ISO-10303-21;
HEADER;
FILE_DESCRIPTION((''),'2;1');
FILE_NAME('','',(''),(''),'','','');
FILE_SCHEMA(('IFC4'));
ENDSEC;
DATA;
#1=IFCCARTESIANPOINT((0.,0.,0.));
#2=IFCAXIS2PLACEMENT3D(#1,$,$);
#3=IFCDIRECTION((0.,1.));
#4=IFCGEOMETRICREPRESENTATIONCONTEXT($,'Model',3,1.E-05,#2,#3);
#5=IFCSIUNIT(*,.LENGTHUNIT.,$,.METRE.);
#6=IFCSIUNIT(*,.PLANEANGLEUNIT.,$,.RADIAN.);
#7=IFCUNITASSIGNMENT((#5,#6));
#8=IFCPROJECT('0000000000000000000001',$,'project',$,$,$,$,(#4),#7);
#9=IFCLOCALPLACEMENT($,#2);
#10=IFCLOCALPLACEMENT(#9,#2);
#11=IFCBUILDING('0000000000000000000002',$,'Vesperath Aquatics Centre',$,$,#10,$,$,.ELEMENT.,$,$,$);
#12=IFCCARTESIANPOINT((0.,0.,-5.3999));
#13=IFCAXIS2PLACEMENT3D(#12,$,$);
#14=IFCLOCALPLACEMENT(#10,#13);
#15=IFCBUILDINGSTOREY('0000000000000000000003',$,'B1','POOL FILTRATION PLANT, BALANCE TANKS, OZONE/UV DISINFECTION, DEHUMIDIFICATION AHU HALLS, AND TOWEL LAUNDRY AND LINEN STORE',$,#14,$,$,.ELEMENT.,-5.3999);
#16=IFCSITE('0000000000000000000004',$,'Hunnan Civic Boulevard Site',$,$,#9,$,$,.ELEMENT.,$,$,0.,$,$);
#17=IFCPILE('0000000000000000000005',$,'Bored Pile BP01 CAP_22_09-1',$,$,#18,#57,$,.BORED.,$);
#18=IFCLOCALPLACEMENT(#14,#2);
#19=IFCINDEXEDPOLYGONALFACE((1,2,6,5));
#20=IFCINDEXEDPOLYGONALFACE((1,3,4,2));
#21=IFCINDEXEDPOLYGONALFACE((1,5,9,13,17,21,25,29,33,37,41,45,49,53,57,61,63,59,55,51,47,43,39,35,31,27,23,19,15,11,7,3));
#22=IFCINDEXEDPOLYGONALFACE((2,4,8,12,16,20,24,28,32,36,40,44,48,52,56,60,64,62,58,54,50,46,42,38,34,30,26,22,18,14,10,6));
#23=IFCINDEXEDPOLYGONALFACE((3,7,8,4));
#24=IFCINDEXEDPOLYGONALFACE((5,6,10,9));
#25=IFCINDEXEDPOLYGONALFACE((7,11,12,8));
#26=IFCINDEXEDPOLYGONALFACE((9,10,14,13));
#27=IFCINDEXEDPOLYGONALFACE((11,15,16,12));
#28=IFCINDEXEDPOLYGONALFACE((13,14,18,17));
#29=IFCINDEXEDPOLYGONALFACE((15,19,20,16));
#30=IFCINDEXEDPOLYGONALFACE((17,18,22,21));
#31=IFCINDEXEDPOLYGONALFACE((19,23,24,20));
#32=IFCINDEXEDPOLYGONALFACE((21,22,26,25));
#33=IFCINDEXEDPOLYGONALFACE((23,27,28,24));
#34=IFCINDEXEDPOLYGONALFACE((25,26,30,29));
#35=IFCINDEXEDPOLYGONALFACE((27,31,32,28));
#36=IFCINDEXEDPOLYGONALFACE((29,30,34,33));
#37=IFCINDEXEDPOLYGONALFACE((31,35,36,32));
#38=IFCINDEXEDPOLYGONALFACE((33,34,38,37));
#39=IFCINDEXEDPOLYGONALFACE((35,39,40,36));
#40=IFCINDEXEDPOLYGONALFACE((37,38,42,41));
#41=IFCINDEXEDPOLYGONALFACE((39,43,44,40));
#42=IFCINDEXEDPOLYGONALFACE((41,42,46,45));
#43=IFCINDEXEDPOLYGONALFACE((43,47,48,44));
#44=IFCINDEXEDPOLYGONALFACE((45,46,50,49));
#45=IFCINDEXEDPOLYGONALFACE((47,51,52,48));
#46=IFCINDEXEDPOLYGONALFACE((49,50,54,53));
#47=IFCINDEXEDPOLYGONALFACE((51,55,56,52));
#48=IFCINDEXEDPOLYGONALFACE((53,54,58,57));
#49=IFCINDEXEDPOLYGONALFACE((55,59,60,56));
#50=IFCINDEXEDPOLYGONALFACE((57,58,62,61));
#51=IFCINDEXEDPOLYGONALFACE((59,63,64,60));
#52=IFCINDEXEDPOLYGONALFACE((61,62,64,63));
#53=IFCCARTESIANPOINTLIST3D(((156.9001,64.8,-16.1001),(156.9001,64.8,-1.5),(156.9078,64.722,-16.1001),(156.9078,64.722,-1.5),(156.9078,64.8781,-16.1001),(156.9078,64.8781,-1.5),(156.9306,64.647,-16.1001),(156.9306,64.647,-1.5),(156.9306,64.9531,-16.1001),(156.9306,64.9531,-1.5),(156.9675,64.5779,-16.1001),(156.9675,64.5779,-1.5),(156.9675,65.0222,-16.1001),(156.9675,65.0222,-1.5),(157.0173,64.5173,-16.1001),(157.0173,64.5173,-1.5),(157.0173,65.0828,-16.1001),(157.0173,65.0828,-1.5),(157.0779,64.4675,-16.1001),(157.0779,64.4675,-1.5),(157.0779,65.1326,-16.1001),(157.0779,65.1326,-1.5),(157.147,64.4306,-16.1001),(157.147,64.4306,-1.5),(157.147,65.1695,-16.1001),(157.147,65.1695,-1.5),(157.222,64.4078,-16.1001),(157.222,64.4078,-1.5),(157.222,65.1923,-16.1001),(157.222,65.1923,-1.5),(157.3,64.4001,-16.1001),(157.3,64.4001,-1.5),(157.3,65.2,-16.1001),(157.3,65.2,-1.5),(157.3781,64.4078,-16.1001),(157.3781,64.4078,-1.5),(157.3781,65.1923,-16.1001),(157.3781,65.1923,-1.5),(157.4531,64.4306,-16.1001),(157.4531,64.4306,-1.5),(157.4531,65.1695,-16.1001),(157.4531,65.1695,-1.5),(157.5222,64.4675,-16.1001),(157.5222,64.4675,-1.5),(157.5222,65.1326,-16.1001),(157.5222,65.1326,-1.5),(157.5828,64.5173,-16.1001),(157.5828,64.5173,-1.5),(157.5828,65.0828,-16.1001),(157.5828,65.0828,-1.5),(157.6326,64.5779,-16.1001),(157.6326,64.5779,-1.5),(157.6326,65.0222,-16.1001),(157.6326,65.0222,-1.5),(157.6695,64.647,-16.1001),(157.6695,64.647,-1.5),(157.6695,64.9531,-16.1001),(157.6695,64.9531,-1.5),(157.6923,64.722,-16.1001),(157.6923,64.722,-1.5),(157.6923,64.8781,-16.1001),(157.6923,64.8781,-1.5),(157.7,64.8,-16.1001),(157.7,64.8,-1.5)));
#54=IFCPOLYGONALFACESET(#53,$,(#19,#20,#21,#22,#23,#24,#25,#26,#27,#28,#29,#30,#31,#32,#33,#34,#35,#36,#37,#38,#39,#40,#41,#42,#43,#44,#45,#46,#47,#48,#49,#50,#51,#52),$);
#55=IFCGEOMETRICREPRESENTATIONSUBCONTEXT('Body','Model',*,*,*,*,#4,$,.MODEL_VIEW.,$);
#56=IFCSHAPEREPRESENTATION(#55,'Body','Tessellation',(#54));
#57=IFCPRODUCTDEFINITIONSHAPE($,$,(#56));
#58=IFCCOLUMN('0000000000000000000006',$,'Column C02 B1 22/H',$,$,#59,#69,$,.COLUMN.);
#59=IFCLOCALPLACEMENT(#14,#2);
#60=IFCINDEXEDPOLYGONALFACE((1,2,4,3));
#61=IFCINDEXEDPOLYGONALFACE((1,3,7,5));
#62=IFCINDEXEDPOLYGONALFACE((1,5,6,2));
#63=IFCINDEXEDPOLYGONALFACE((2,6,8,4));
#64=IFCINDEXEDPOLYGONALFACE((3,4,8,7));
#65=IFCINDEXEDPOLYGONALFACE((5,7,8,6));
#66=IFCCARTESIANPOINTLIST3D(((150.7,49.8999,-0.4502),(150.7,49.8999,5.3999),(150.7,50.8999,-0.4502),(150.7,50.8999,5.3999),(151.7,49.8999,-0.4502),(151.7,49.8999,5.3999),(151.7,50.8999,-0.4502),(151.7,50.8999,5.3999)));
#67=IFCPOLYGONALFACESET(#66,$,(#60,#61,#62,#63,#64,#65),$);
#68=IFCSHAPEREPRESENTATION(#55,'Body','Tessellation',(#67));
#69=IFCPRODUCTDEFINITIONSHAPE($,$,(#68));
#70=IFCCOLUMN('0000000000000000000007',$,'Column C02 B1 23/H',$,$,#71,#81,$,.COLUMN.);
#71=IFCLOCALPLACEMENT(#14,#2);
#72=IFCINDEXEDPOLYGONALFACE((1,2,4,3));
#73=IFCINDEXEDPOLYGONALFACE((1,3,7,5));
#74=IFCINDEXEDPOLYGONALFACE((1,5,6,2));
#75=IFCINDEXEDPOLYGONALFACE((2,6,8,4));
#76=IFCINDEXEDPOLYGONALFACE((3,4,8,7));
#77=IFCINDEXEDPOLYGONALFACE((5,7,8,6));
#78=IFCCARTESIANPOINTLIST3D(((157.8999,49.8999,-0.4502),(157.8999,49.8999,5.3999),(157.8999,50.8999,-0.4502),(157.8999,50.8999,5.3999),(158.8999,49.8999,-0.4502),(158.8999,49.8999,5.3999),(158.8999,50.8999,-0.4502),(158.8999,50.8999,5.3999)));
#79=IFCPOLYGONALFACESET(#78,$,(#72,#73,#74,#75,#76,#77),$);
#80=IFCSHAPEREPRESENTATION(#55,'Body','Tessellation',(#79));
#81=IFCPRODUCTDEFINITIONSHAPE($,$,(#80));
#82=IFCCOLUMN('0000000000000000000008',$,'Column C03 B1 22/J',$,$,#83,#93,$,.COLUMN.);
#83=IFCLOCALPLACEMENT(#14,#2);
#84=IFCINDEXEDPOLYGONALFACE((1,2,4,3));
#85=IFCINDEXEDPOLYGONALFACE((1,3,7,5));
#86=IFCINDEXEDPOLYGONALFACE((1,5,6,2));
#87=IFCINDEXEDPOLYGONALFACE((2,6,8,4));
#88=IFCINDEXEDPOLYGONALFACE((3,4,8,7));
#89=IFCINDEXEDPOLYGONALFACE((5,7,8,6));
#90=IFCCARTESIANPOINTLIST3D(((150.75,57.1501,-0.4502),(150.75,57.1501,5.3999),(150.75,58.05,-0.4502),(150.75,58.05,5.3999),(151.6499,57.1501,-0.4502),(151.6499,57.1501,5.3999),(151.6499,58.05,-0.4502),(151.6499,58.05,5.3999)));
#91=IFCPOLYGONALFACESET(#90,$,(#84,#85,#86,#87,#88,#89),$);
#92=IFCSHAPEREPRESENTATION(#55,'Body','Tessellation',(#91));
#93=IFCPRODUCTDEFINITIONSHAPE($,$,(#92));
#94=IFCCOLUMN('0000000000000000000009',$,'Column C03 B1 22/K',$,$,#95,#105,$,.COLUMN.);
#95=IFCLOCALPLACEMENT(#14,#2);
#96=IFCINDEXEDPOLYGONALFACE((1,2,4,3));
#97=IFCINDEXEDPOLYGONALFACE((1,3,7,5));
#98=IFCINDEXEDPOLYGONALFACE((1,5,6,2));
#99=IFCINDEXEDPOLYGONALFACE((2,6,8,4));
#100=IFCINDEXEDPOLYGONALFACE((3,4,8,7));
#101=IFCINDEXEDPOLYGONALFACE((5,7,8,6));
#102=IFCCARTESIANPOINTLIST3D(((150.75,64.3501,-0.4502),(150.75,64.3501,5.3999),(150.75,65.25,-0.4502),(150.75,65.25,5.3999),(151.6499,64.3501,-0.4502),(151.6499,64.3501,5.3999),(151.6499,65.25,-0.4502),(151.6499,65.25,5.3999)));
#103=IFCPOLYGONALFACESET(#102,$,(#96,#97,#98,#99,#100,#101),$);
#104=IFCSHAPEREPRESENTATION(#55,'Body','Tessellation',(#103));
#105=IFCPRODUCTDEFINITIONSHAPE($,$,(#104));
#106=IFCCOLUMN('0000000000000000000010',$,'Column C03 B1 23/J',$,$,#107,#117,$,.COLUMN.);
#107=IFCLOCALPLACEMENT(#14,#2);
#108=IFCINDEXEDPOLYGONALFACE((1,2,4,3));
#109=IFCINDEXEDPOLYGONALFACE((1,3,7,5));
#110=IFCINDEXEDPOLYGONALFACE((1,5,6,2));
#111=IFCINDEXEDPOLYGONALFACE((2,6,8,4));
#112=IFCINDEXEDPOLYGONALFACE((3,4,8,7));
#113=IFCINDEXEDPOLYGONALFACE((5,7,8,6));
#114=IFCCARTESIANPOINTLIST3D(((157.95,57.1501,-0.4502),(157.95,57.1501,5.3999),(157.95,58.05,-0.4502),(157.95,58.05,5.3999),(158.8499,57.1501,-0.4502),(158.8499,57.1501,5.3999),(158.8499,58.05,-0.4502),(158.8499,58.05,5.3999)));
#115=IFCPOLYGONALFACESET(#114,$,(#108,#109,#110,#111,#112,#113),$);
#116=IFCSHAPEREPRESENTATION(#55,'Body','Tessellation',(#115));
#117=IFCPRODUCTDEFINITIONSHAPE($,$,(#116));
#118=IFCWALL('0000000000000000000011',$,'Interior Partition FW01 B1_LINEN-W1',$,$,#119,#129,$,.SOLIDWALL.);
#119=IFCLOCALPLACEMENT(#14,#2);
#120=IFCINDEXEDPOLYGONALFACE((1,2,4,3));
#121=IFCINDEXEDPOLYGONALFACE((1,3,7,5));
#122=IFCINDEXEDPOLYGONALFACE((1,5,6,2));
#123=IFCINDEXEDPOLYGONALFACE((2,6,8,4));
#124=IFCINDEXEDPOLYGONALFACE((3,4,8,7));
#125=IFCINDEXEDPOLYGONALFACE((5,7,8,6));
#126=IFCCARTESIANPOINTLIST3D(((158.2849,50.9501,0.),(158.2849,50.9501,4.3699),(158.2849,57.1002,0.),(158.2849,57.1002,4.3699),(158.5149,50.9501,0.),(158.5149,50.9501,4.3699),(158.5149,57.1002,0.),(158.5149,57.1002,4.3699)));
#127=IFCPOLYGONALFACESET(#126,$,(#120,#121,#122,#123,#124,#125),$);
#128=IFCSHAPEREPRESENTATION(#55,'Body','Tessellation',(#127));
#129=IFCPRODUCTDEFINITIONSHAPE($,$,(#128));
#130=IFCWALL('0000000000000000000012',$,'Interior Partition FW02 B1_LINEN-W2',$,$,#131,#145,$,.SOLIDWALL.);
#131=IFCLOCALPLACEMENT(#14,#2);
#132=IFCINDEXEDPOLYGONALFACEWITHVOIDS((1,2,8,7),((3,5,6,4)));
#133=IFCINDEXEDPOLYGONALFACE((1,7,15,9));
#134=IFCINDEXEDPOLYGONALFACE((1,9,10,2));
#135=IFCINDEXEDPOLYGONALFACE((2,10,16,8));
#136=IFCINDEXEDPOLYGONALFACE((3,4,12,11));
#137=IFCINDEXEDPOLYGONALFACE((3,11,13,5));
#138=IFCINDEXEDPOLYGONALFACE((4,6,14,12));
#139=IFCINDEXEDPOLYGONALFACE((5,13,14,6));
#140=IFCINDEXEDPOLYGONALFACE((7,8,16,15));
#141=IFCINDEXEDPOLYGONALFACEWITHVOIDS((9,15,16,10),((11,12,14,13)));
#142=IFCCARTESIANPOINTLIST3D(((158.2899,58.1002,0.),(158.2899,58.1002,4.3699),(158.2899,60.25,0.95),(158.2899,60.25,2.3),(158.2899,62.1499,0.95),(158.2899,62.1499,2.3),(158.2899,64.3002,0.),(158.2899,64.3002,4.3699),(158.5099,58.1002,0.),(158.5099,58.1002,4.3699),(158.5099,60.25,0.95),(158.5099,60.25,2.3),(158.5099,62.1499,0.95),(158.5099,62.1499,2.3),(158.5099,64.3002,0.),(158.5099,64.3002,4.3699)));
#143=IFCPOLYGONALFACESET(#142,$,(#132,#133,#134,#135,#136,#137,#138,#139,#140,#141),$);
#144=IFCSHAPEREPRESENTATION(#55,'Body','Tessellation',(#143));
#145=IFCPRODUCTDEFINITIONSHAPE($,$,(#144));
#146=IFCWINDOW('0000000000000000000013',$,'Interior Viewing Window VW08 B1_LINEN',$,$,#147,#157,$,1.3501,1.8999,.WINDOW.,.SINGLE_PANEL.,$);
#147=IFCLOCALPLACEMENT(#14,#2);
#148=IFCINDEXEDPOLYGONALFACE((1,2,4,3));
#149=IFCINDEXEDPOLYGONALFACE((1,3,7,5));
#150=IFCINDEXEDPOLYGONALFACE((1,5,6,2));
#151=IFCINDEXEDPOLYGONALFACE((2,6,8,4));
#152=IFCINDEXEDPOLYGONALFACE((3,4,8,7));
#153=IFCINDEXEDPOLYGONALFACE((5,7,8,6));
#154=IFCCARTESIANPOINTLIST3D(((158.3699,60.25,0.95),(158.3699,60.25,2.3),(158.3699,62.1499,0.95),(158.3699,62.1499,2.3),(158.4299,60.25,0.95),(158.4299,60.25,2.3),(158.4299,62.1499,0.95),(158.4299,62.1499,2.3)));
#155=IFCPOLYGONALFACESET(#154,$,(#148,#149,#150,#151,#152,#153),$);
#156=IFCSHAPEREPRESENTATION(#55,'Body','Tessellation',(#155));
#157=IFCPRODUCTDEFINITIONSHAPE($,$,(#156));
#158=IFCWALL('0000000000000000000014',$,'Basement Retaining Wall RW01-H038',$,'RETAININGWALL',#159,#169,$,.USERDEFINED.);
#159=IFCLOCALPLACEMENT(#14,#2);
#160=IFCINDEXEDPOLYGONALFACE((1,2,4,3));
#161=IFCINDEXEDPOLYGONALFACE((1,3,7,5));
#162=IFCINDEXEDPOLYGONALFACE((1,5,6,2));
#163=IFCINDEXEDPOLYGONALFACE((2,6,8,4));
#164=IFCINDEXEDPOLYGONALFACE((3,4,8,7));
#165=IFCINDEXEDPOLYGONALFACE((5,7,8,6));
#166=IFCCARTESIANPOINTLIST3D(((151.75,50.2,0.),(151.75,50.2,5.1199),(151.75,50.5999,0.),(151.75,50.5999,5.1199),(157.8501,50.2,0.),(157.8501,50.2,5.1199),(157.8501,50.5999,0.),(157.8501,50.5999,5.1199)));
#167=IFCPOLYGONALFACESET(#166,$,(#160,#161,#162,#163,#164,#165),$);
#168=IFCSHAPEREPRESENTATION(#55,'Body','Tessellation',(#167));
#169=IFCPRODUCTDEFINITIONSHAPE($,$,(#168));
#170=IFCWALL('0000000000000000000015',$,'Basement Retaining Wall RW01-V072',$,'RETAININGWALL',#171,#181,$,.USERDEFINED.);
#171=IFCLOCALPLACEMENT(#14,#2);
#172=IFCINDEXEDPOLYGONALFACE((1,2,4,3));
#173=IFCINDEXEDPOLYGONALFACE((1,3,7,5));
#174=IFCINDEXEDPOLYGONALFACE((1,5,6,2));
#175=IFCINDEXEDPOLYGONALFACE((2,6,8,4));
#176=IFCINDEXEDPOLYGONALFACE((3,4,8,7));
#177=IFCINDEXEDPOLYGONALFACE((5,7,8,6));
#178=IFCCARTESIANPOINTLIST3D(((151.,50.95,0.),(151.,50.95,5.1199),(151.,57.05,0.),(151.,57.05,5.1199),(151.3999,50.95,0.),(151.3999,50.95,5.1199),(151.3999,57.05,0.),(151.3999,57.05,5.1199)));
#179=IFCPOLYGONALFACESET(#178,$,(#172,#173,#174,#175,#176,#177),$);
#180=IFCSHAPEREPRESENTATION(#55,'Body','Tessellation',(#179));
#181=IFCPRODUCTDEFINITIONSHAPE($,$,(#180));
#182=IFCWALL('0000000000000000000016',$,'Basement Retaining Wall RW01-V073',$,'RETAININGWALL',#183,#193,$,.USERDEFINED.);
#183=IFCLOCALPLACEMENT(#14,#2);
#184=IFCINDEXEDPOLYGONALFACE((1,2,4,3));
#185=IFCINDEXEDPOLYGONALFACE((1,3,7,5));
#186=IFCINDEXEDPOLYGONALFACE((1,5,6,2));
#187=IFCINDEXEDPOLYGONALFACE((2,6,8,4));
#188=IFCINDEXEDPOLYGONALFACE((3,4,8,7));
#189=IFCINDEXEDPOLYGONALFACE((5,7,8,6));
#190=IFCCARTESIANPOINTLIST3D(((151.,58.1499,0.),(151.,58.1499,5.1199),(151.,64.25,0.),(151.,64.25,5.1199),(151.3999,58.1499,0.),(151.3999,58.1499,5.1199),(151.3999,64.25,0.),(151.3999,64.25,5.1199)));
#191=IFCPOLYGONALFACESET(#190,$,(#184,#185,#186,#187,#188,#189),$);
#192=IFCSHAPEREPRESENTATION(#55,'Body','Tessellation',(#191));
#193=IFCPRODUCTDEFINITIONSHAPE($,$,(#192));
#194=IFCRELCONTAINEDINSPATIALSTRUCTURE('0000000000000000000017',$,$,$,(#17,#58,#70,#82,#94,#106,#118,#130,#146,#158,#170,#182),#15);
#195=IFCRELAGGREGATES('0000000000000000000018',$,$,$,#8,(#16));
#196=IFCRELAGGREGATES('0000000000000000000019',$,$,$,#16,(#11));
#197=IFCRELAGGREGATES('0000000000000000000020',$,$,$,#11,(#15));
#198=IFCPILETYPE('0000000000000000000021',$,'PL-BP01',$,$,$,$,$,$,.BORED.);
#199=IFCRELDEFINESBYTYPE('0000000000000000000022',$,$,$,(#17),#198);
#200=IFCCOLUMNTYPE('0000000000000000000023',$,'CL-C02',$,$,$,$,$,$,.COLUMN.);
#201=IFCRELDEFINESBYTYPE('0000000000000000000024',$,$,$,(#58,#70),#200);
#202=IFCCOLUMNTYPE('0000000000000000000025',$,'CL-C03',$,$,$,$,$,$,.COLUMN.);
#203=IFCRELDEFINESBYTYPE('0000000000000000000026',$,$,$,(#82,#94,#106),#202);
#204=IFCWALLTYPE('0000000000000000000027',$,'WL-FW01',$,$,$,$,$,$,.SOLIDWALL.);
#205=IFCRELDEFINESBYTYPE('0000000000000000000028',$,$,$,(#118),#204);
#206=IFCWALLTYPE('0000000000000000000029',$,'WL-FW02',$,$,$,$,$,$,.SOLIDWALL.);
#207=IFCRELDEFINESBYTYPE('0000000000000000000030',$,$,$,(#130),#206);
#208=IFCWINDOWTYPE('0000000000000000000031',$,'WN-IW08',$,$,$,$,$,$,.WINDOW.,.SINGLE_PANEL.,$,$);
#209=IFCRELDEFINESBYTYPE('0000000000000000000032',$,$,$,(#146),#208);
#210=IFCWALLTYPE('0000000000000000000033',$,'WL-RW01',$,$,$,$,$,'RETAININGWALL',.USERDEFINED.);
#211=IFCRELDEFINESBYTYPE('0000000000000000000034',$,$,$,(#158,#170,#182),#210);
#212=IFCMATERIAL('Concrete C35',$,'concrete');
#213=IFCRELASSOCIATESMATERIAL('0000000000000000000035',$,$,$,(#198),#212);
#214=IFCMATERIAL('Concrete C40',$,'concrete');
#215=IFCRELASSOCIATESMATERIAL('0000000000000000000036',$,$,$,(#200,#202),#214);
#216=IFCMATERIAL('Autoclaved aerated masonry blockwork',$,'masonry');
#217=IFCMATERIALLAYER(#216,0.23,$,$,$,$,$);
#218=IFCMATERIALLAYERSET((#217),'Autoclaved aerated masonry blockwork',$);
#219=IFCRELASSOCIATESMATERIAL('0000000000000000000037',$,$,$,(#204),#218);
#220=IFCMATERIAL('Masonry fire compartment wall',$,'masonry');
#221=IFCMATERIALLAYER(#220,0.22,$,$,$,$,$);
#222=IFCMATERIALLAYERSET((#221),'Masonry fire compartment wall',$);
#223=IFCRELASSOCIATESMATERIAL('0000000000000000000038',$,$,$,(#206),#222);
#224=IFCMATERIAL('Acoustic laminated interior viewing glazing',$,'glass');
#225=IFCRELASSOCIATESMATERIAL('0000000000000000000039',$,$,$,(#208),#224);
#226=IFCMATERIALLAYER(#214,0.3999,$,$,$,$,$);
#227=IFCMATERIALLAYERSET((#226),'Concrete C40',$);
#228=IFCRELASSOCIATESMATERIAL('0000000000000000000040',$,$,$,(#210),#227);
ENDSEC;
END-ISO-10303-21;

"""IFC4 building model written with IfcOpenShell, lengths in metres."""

from ifc_helpers import new_model, si_unit, direction, frame, frame_2d, origin, origin_2d, place, context, subcontext, project, spatial, rectangle, circle, extrude, material, layer, layer_set, material_profile, profile_set, type_object, element, fill, save


model = new_model("IFC4")

# Units and contexts
model_context = context("Model", 3, precision=1e-05, world=origin(), true_north=direction((0.0, 1.0)))
body_context = subcontext(model_context, "Body", "Model", "MODEL_VIEW")
ifc_project = project(units=[si_unit("LENGTHUNIT", "METRE"), si_unit("PLANEANGLEUNIT", "RADIAN")], contexts=[model_context])

# Site, building, storey
site_placement = place(None, origin())
site = spatial("IfcSite", under=ifc_project, at=site_placement, Name="Hunnan Civic Boulevard Site", CompositionType="ELEMENT", RefElevation=0.0)
building_placement = place(site_placement, origin())
building = spatial("IfcBuilding", under=site, at=building_placement, Name="Vesperath Aquatics Centre", CompositionType="ELEMENT")
storey_placement = place(building_placement, frame((0.0, 0.0, -5.3999)))
storey = spatial("IfcBuildingStorey", under=building, at=storey_placement, Name="B1", Description="POOL FILTRATION PLANT, BALANCE TANKS, OZONE/UV DISINFECTION, DEHUMIDIFICATION AHU HALLS, AND TOWEL LAUNDRY AND LINEN STORE", CompositionType="ELEMENT", Elevation=-5.3999)

# Shared definitions
ifc_material_1 = material(Name="Concrete C40", Category="concrete")

# Pile
ifc_material_2 = material(Name="Concrete C35", Category="concrete")
ifc_material_profile_1 = material_profile(ifc_material_2, circle(Radius=0.3999, at=origin_2d()), Name="PILE D800")
ifc_profile_set_1 = profile_set([ifc_material_profile_1], Name="Concrete C35")
pile_type = type_object("IfcPileType", Name="PL-BP01", PredefinedType="BORED", material=ifc_profile_set_1)
for number, where, z_axis, x_axis, name in (
    (1, (157.3, 64.8, -1.5), (0.0, 0.0, -1.0), (1.0, 0.0, 0.0), "Bored Pile BP01 CAP_22_09-1"),
):
    element("IfcPile", number, at=place(storey_placement, frame(where, z_axis=z_axis, x_axis=x_axis)), inside=storey, type_object=pile_type, Name=name, PredefinedType="BORED", context=body_context, shape_type="SweptSolid", body=[
        extrude(circle(Radius=0.3999, at=origin_2d()), origin(), (0.0, 0.0, 1.0), 14.6001),
    ])

# Columns
ifc_material_profile_2 = material_profile(ifc_material_1, rectangle(XDim=1.0, YDim=1.0, at=origin_2d()), Name="RC 1000x1000")
ifc_profile_set_2 = profile_set([ifc_material_profile_2], Name="Concrete C40")
column_type_1 = type_object("IfcColumnType", Name="CL-C02", PredefinedType="COLUMN", material=ifc_profile_set_2)
for number, where, z_axis, x_axis, name in (
    (2, (151.2, 50.3999, -0.4502), (0.0, 0.0, 1.0), (1.0, 0.0, 0.0), "Column C02 B1 22/H"),
    (3, (158.3999, 50.3999, -0.4502), (0.0, 0.0, 1.0), (1.0, 0.0, 0.0), "Column C02 B1 23/H"),
):
    element("IfcColumn", number, at=place(storey_placement, frame(where, z_axis=z_axis, x_axis=x_axis)), inside=storey, type_object=column_type_1, Name=name, PredefinedType="COLUMN", context=body_context, shape_type="SweptSolid", body=[
        extrude(rectangle(XDim=1.0, YDim=1.0, at=origin_2d()), origin(), (0.0, 0.0, 1.0), 5.8501),
    ])
ifc_material_profile_3 = material_profile(ifc_material_1, rectangle(XDim=0.8999, YDim=0.8999, at=origin_2d()), Name="RC 900x900")
ifc_profile_set_3 = profile_set([ifc_material_profile_3], Name="Concrete C40")
column_type_2 = type_object("IfcColumnType", Name="CL-C03", PredefinedType="COLUMN", material=ifc_profile_set_3)
for number, where, z_axis, x_axis, name in (
    (4, (151.2, 57.6001, -0.4502), (0.0, 0.0, 1.0), (1.0, 0.0, 0.0), "Column C03 B1 22/J"),
    (5, (151.2, 64.8, -0.4502), (0.0, 0.0, 1.0), (1.0, 0.0, 0.0), "Column C03 B1 22/K"),
    (6, (158.3999, 57.6001, -0.4502), (0.0, 0.0, 1.0), (1.0, 0.0, 0.0), "Column C03 B1 23/J"),
):
    element("IfcColumn", number, at=place(storey_placement, frame(where, z_axis=z_axis, x_axis=x_axis)), inside=storey, type_object=column_type_2, Name=name, PredefinedType="COLUMN", context=body_context, shape_type="SweptSolid", body=[
        extrude(rectangle(XDim=0.8999, YDim=0.8999, at=origin_2d()), origin(), (0.0, 0.0, 1.0), 5.8501),
    ])

# Wall
ifc_material_3 = material(Name="Autoclaved aerated masonry blockwork", Category="masonry")
ifc_layer_1 = layer(ifc_material_3, 0.23)
ifc_layer_set_1 = layer_set([ifc_layer_1], Name="Autoclaved aerated masonry blockwork")
wall_type_1 = type_object("IfcWallType", Name="WL-FW01", PredefinedType="SOLIDWALL", material=ifc_layer_set_1)
wall_1_placement = place(storey_placement, frame((158.3999, 50.95, 0.0), z_axis=(0.0, 0.0, 1.0), x_axis=(0.0, 1.0, 0.0)))
element("IfcWall", 7, at=wall_1_placement, inside=storey, type_object=wall_type_1, Name="Interior Partition FW01 B1_LINEN-W1", PredefinedType="SOLIDWALL", context=body_context, shape_type="SweptSolid", body=[
    extrude(rectangle(XDim=6.1501, YDim=0.23, at=frame_2d((3.0752, 0.0))), origin(), (0.0, 0.0, 1.0), 4.3699),
])

# Wall, opening, window
ifc_material_4 = material(Name="Masonry fire compartment wall", Category="masonry")
ifc_layer_2 = layer(ifc_material_4, 0.22)
ifc_layer_set_2 = layer_set([ifc_layer_2], Name="Masonry fire compartment wall")
wall_type_2 = type_object("IfcWallType", Name="WL-FW02", PredefinedType="SOLIDWALL", material=ifc_layer_set_2)
wall_2_placement = place(storey_placement, frame((158.3999, 58.1001, 0.0), z_axis=(0.0, 0.0, 1.0), x_axis=(0.0, 1.0, 0.0)))
wall_2 = element("IfcWall", 8, at=wall_2_placement, inside=storey, type_object=wall_type_2, Name="Interior Partition FW02 B1_LINEN-W2", PredefinedType="SOLIDWALL", context=body_context, shape_type="SweptSolid", body=[
    extrude(rectangle(XDim=6.2, YDim=0.22, at=frame_2d((3.1001, 0.0))), origin(), (0.0, 0.0, 1.0), 4.3699),
])
opening_placement = place(wall_2_placement, frame((2.1499, 0.0, 0.95)))
opening = element("IfcOpeningElement", 9, at=opening_placement, cuts=wall_2, PredefinedType="OPENING", context=body_context, shape_type="SweptSolid", body=[
    extrude(rectangle(XDim=1.8999, YDim=1.3501, at=frame_2d((0.95, 0.675))), frame((0.0, 0.125, 0.0), z_axis=(0.0, -1.0, 0.0), x_axis=(1.0, 0.0, 0.0)), (0.0, 0.0, 1.0), 0.2498),
])
ifc_material_5 = material(Name="Acoustic laminated interior viewing glazing", Category="glass")
window_type = type_object("IfcWindowType", Name="WN-IW08", PartitioningType="SINGLE_PANEL", PredefinedType="WINDOW", material=ifc_material_5)
window_placement = place(opening_placement, origin())
window = element("IfcWindow", 10, at=window_placement, inside=storey, type_object=window_type, Name="Interior Viewing Window VW08 B1_LINEN", OverallHeight=1.3501, OverallWidth=1.8999, PartitioningType="SINGLE_PANEL", PredefinedType="WINDOW", context=body_context, shape_type="SweptSolid", body=[
    extrude(rectangle(XDim=1.8999, YDim=1.3501, at=frame_2d((0.95, 0.675))), frame((0.0, 0.03, 0.0), z_axis=(0.0, -1.0, 0.0), x_axis=(1.0, 0.0, 0.0)), (0.0, 0.0, 1.0), 0.0601),
])
fill(opening, window)

# Walls
ifc_layer_3 = layer(ifc_material_1, 0.3999)
ifc_layer_set_3 = layer_set([ifc_layer_3], Name="Concrete C40")
wall_type_3 = type_object("IfcWallType", Name="WL-RW01", ElementType="RETAININGWALL", PredefinedType="USERDEFINED", material=ifc_layer_set_3)
for number, where, z_axis, x_axis, name in (
    (11, (151.75, 50.3999, 0.0), (0.0, 0.0, 1.0), (1.0, 0.0, 0.0), "Basement Retaining Wall RW01-H038"),
    (12, (151.2, 50.95, 0.0), (0.0, 0.0, 1.0), (0.0, 1.0, 0.0), "Basement Retaining Wall RW01-V072"),
    (13, (151.2, 58.1499, 0.0), (0.0, 0.0, 1.0), (0.0, 1.0, 0.0), "Basement Retaining Wall RW01-V073"),
):
    element("IfcWall", number, at=place(storey_placement, frame(where, z_axis=z_axis, x_axis=x_axis)), inside=storey, type_object=wall_type_3, Name=name, ObjectType="RETAININGWALL", PredefinedType="USERDEFINED", context=body_context, shape_type="SweptSolid", body=[
        extrude(rectangle(XDim=6.1001, YDim=0.3999, at=frame_2d((3.05, 0.0))), origin(), (0.0, 0.0, 1.0), 5.1199),
    ])

save(model, "model.ifc")
